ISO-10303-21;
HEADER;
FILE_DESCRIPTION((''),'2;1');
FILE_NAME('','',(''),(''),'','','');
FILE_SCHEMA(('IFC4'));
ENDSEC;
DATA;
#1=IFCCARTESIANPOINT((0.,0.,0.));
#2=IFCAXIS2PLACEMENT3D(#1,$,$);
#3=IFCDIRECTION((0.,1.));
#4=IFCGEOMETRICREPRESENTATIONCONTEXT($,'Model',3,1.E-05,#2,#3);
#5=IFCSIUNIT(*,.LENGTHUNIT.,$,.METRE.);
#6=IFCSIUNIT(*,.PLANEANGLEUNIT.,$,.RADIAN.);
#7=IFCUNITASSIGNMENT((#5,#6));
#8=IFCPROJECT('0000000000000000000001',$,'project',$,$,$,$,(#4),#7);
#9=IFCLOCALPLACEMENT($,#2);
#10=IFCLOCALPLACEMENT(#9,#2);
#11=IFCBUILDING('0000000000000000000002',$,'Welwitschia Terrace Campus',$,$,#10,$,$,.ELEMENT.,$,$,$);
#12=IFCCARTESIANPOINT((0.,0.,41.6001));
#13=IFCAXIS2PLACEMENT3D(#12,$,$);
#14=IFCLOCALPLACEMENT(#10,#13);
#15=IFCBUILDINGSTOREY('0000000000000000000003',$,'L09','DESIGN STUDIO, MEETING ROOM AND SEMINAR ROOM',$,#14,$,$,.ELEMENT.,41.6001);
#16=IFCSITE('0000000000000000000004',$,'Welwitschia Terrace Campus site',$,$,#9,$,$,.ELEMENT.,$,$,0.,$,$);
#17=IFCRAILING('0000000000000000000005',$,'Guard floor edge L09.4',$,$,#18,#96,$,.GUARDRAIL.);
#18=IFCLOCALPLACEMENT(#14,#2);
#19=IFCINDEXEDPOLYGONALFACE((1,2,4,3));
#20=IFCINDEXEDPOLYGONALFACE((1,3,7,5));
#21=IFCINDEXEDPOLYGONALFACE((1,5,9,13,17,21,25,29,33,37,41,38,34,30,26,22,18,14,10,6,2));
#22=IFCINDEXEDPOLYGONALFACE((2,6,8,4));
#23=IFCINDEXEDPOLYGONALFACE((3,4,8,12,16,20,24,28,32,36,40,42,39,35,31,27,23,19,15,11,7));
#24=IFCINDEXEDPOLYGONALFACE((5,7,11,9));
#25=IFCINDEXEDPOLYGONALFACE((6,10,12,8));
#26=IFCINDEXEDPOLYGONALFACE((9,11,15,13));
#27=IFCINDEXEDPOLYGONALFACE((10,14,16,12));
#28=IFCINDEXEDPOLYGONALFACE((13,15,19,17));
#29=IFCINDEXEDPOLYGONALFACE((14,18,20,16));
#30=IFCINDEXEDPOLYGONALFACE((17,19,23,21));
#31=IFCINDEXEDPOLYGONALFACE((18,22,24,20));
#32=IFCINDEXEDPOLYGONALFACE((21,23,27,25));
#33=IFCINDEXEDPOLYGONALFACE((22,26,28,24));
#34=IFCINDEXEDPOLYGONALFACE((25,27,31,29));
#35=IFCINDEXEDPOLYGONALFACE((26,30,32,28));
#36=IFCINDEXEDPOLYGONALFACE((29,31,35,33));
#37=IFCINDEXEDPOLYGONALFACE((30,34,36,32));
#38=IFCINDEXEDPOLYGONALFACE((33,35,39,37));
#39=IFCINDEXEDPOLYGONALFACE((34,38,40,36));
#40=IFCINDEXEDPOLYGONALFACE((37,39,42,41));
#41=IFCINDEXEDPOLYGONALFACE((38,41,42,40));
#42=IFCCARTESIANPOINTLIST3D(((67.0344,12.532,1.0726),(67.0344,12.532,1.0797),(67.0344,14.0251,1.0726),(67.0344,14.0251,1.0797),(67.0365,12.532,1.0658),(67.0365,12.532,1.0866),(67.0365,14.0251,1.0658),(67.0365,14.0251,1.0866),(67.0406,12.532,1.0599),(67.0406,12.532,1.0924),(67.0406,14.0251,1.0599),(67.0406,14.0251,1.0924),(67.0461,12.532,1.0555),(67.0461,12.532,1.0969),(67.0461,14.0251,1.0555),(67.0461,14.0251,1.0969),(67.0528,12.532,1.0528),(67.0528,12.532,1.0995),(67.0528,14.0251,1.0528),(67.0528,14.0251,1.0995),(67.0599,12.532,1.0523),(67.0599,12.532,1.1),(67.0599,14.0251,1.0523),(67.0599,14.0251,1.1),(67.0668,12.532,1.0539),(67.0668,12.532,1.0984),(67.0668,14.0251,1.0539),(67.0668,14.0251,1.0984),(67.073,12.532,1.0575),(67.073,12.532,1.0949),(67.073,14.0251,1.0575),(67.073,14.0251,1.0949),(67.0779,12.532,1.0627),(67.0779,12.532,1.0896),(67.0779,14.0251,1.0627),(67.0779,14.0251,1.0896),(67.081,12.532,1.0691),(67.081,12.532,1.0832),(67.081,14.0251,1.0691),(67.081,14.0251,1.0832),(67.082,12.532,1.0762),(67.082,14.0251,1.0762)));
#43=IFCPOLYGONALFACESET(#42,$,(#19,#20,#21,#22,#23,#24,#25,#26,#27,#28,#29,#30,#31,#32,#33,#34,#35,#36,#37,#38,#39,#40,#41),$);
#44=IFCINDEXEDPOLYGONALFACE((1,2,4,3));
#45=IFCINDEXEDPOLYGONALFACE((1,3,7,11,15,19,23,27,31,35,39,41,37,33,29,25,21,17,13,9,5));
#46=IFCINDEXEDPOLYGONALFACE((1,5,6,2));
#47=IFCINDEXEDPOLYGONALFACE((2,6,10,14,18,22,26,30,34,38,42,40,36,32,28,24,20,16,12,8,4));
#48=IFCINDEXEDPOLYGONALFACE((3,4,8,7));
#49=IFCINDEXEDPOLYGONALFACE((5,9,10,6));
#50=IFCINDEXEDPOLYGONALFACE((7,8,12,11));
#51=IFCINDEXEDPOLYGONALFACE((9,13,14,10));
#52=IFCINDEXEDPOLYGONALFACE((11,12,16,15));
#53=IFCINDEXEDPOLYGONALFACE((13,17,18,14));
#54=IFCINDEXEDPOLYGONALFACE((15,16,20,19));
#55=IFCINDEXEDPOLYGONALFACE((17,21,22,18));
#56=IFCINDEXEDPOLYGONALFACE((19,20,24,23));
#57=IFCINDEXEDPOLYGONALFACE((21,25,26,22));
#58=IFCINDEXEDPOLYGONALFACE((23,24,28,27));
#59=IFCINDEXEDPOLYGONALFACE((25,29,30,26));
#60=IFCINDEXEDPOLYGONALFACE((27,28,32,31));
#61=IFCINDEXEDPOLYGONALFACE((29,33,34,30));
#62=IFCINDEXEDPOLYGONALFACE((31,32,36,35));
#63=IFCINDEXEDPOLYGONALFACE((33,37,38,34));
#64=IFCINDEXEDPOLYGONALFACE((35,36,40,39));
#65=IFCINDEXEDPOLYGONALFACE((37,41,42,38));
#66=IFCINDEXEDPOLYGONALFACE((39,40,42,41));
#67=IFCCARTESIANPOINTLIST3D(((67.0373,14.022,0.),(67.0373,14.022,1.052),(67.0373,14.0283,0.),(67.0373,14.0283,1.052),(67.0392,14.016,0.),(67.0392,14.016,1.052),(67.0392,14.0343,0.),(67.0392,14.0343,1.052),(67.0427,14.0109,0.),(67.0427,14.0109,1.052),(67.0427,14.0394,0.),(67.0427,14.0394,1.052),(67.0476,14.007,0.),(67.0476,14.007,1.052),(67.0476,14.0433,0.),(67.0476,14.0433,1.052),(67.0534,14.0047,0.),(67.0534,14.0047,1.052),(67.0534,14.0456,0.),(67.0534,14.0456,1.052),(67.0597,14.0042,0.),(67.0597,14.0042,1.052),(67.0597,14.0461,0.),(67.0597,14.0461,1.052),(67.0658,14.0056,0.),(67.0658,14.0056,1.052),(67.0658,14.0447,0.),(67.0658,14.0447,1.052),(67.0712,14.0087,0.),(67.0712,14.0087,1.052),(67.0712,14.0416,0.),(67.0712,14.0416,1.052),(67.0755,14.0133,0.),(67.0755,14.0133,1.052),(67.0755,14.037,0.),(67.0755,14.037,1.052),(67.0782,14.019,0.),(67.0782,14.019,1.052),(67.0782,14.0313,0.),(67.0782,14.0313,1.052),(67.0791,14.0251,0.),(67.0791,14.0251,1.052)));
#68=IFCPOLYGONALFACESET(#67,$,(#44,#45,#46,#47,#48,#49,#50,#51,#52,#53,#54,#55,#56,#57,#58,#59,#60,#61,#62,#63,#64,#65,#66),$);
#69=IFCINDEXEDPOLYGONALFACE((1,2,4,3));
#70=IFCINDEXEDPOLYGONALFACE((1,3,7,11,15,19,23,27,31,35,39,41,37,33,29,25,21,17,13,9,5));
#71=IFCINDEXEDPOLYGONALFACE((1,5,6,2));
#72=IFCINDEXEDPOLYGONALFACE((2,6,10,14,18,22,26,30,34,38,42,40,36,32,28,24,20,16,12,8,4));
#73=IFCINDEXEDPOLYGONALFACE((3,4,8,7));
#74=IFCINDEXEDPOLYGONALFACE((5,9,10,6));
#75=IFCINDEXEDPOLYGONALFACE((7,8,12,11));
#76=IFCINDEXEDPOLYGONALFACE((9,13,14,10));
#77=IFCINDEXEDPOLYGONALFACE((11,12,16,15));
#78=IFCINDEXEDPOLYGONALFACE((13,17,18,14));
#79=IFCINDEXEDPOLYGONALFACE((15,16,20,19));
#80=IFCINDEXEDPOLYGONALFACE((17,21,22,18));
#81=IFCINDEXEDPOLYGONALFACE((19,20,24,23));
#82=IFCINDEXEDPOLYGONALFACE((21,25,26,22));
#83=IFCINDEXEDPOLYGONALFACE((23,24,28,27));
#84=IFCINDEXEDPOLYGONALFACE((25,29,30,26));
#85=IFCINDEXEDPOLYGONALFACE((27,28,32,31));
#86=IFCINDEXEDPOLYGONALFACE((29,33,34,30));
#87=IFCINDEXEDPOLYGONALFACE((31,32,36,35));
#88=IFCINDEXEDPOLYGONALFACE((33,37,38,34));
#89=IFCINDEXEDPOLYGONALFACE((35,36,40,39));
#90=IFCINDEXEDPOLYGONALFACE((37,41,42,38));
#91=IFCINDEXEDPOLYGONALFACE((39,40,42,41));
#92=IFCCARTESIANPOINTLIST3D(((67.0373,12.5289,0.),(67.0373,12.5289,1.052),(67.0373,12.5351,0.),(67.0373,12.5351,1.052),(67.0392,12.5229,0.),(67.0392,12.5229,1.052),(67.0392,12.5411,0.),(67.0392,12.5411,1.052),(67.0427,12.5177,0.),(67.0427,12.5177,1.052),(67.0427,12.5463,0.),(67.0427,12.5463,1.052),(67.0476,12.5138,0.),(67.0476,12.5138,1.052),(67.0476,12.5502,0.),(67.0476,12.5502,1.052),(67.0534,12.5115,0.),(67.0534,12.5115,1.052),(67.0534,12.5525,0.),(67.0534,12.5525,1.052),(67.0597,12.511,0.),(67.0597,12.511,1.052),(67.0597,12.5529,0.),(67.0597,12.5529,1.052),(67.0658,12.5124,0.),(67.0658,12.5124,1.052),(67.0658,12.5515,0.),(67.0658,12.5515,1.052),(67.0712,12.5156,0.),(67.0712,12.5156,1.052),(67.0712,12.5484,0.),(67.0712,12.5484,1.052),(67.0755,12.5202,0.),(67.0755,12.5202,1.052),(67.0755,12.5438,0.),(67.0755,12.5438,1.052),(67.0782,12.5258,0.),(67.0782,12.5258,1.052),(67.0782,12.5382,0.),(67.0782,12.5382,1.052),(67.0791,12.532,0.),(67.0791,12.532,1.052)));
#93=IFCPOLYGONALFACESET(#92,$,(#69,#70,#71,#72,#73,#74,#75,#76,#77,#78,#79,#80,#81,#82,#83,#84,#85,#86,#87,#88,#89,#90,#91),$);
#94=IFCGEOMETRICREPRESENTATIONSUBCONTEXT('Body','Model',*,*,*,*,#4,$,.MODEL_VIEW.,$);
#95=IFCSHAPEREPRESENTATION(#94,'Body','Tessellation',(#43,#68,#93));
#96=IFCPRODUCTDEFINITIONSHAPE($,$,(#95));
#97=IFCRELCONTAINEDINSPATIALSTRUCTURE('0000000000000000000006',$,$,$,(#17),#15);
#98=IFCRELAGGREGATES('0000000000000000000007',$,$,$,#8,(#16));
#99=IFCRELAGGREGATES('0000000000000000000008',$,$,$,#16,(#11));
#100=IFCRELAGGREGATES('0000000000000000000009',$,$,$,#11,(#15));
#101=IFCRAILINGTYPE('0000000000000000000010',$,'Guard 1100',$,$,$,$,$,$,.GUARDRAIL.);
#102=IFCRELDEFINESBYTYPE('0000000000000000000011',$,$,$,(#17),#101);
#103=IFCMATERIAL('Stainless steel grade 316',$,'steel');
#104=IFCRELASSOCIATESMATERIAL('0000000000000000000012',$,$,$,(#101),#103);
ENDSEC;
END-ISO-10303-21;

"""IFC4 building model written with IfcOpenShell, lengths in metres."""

from ifc_helpers import new_model, si_unit, direction, frame, origin, origin_2d, place, context, subcontext, project, spatial, circle, extrude, material, type_object, element, save


model = new_model("IFC4")

# Units and contexts
model_context = context("Model", 3, precision=1e-05, world=origin(), true_north=direction((0.0, 1.0)))
body_context = subcontext(model_context, "Body", "Model", "MODEL_VIEW")
ifc_project = project(units=[si_unit("LENGTHUNIT", "METRE"), si_unit("PLANEANGLEUNIT", "RADIAN")], contexts=[model_context])

# Site, building, storey
site_placement = place(None, origin())
site = spatial("IfcSite", under=ifc_project, at=site_placement, Name="Welwitschia Terrace Campus site", CompositionType="ELEMENT", RefElevation=0.0)
building_placement = place(site_placement, origin())
building = spatial("IfcBuilding", under=site, at=building_placement, Name="Welwitschia Terrace Campus", CompositionType="ELEMENT")
storey_placement = place(building_placement, frame((0.0, 0.0, 41.6001)))
storey = spatial("IfcBuildingStorey", under=building, at=storey_placement, Name="L09", Description="DESIGN STUDIO, MEETING ROOM AND SEMINAR ROOM", CompositionType="ELEMENT", Elevation=41.6001)

# Railing
ifc_material_1 = material(Name="Stainless steel grade 316", Category="steel")
railing_type = type_object("IfcRailingType", Name="Guard 1100", PredefinedType="GUARDRAIL", material=ifc_material_1)
railing_1_placement = place(storey_placement, frame((67.0581, 14.0251, 0.0)))
element("IfcRailing", 1, at=railing_1_placement, inside=storey, type_object=railing_type, Name="Guard floor edge L09.4", PredefinedType="GUARDRAIL", context=body_context, shape_type="SweptSolid", body=[
    extrude(circle(Radius=0.0239, at=origin_2d()), frame((0.0, 0.0, 1.0762), z_axis=(0.0, -1.0, 0.0), x_axis=(1.0, 0.0, 0.0)), (0.0, 0.0, 1.0), 1.4932),
    extrude(circle(Radius=0.021, at=origin_2d()), origin(), (0.0, 0.0, 1.0), 1.052),
    extrude(circle(Radius=0.021, at=origin_2d()), frame((0.0, -1.4932, 0.0)), (0.0, 0.0, 1.0), 1.052),
])

save(model, "model.ifc")
